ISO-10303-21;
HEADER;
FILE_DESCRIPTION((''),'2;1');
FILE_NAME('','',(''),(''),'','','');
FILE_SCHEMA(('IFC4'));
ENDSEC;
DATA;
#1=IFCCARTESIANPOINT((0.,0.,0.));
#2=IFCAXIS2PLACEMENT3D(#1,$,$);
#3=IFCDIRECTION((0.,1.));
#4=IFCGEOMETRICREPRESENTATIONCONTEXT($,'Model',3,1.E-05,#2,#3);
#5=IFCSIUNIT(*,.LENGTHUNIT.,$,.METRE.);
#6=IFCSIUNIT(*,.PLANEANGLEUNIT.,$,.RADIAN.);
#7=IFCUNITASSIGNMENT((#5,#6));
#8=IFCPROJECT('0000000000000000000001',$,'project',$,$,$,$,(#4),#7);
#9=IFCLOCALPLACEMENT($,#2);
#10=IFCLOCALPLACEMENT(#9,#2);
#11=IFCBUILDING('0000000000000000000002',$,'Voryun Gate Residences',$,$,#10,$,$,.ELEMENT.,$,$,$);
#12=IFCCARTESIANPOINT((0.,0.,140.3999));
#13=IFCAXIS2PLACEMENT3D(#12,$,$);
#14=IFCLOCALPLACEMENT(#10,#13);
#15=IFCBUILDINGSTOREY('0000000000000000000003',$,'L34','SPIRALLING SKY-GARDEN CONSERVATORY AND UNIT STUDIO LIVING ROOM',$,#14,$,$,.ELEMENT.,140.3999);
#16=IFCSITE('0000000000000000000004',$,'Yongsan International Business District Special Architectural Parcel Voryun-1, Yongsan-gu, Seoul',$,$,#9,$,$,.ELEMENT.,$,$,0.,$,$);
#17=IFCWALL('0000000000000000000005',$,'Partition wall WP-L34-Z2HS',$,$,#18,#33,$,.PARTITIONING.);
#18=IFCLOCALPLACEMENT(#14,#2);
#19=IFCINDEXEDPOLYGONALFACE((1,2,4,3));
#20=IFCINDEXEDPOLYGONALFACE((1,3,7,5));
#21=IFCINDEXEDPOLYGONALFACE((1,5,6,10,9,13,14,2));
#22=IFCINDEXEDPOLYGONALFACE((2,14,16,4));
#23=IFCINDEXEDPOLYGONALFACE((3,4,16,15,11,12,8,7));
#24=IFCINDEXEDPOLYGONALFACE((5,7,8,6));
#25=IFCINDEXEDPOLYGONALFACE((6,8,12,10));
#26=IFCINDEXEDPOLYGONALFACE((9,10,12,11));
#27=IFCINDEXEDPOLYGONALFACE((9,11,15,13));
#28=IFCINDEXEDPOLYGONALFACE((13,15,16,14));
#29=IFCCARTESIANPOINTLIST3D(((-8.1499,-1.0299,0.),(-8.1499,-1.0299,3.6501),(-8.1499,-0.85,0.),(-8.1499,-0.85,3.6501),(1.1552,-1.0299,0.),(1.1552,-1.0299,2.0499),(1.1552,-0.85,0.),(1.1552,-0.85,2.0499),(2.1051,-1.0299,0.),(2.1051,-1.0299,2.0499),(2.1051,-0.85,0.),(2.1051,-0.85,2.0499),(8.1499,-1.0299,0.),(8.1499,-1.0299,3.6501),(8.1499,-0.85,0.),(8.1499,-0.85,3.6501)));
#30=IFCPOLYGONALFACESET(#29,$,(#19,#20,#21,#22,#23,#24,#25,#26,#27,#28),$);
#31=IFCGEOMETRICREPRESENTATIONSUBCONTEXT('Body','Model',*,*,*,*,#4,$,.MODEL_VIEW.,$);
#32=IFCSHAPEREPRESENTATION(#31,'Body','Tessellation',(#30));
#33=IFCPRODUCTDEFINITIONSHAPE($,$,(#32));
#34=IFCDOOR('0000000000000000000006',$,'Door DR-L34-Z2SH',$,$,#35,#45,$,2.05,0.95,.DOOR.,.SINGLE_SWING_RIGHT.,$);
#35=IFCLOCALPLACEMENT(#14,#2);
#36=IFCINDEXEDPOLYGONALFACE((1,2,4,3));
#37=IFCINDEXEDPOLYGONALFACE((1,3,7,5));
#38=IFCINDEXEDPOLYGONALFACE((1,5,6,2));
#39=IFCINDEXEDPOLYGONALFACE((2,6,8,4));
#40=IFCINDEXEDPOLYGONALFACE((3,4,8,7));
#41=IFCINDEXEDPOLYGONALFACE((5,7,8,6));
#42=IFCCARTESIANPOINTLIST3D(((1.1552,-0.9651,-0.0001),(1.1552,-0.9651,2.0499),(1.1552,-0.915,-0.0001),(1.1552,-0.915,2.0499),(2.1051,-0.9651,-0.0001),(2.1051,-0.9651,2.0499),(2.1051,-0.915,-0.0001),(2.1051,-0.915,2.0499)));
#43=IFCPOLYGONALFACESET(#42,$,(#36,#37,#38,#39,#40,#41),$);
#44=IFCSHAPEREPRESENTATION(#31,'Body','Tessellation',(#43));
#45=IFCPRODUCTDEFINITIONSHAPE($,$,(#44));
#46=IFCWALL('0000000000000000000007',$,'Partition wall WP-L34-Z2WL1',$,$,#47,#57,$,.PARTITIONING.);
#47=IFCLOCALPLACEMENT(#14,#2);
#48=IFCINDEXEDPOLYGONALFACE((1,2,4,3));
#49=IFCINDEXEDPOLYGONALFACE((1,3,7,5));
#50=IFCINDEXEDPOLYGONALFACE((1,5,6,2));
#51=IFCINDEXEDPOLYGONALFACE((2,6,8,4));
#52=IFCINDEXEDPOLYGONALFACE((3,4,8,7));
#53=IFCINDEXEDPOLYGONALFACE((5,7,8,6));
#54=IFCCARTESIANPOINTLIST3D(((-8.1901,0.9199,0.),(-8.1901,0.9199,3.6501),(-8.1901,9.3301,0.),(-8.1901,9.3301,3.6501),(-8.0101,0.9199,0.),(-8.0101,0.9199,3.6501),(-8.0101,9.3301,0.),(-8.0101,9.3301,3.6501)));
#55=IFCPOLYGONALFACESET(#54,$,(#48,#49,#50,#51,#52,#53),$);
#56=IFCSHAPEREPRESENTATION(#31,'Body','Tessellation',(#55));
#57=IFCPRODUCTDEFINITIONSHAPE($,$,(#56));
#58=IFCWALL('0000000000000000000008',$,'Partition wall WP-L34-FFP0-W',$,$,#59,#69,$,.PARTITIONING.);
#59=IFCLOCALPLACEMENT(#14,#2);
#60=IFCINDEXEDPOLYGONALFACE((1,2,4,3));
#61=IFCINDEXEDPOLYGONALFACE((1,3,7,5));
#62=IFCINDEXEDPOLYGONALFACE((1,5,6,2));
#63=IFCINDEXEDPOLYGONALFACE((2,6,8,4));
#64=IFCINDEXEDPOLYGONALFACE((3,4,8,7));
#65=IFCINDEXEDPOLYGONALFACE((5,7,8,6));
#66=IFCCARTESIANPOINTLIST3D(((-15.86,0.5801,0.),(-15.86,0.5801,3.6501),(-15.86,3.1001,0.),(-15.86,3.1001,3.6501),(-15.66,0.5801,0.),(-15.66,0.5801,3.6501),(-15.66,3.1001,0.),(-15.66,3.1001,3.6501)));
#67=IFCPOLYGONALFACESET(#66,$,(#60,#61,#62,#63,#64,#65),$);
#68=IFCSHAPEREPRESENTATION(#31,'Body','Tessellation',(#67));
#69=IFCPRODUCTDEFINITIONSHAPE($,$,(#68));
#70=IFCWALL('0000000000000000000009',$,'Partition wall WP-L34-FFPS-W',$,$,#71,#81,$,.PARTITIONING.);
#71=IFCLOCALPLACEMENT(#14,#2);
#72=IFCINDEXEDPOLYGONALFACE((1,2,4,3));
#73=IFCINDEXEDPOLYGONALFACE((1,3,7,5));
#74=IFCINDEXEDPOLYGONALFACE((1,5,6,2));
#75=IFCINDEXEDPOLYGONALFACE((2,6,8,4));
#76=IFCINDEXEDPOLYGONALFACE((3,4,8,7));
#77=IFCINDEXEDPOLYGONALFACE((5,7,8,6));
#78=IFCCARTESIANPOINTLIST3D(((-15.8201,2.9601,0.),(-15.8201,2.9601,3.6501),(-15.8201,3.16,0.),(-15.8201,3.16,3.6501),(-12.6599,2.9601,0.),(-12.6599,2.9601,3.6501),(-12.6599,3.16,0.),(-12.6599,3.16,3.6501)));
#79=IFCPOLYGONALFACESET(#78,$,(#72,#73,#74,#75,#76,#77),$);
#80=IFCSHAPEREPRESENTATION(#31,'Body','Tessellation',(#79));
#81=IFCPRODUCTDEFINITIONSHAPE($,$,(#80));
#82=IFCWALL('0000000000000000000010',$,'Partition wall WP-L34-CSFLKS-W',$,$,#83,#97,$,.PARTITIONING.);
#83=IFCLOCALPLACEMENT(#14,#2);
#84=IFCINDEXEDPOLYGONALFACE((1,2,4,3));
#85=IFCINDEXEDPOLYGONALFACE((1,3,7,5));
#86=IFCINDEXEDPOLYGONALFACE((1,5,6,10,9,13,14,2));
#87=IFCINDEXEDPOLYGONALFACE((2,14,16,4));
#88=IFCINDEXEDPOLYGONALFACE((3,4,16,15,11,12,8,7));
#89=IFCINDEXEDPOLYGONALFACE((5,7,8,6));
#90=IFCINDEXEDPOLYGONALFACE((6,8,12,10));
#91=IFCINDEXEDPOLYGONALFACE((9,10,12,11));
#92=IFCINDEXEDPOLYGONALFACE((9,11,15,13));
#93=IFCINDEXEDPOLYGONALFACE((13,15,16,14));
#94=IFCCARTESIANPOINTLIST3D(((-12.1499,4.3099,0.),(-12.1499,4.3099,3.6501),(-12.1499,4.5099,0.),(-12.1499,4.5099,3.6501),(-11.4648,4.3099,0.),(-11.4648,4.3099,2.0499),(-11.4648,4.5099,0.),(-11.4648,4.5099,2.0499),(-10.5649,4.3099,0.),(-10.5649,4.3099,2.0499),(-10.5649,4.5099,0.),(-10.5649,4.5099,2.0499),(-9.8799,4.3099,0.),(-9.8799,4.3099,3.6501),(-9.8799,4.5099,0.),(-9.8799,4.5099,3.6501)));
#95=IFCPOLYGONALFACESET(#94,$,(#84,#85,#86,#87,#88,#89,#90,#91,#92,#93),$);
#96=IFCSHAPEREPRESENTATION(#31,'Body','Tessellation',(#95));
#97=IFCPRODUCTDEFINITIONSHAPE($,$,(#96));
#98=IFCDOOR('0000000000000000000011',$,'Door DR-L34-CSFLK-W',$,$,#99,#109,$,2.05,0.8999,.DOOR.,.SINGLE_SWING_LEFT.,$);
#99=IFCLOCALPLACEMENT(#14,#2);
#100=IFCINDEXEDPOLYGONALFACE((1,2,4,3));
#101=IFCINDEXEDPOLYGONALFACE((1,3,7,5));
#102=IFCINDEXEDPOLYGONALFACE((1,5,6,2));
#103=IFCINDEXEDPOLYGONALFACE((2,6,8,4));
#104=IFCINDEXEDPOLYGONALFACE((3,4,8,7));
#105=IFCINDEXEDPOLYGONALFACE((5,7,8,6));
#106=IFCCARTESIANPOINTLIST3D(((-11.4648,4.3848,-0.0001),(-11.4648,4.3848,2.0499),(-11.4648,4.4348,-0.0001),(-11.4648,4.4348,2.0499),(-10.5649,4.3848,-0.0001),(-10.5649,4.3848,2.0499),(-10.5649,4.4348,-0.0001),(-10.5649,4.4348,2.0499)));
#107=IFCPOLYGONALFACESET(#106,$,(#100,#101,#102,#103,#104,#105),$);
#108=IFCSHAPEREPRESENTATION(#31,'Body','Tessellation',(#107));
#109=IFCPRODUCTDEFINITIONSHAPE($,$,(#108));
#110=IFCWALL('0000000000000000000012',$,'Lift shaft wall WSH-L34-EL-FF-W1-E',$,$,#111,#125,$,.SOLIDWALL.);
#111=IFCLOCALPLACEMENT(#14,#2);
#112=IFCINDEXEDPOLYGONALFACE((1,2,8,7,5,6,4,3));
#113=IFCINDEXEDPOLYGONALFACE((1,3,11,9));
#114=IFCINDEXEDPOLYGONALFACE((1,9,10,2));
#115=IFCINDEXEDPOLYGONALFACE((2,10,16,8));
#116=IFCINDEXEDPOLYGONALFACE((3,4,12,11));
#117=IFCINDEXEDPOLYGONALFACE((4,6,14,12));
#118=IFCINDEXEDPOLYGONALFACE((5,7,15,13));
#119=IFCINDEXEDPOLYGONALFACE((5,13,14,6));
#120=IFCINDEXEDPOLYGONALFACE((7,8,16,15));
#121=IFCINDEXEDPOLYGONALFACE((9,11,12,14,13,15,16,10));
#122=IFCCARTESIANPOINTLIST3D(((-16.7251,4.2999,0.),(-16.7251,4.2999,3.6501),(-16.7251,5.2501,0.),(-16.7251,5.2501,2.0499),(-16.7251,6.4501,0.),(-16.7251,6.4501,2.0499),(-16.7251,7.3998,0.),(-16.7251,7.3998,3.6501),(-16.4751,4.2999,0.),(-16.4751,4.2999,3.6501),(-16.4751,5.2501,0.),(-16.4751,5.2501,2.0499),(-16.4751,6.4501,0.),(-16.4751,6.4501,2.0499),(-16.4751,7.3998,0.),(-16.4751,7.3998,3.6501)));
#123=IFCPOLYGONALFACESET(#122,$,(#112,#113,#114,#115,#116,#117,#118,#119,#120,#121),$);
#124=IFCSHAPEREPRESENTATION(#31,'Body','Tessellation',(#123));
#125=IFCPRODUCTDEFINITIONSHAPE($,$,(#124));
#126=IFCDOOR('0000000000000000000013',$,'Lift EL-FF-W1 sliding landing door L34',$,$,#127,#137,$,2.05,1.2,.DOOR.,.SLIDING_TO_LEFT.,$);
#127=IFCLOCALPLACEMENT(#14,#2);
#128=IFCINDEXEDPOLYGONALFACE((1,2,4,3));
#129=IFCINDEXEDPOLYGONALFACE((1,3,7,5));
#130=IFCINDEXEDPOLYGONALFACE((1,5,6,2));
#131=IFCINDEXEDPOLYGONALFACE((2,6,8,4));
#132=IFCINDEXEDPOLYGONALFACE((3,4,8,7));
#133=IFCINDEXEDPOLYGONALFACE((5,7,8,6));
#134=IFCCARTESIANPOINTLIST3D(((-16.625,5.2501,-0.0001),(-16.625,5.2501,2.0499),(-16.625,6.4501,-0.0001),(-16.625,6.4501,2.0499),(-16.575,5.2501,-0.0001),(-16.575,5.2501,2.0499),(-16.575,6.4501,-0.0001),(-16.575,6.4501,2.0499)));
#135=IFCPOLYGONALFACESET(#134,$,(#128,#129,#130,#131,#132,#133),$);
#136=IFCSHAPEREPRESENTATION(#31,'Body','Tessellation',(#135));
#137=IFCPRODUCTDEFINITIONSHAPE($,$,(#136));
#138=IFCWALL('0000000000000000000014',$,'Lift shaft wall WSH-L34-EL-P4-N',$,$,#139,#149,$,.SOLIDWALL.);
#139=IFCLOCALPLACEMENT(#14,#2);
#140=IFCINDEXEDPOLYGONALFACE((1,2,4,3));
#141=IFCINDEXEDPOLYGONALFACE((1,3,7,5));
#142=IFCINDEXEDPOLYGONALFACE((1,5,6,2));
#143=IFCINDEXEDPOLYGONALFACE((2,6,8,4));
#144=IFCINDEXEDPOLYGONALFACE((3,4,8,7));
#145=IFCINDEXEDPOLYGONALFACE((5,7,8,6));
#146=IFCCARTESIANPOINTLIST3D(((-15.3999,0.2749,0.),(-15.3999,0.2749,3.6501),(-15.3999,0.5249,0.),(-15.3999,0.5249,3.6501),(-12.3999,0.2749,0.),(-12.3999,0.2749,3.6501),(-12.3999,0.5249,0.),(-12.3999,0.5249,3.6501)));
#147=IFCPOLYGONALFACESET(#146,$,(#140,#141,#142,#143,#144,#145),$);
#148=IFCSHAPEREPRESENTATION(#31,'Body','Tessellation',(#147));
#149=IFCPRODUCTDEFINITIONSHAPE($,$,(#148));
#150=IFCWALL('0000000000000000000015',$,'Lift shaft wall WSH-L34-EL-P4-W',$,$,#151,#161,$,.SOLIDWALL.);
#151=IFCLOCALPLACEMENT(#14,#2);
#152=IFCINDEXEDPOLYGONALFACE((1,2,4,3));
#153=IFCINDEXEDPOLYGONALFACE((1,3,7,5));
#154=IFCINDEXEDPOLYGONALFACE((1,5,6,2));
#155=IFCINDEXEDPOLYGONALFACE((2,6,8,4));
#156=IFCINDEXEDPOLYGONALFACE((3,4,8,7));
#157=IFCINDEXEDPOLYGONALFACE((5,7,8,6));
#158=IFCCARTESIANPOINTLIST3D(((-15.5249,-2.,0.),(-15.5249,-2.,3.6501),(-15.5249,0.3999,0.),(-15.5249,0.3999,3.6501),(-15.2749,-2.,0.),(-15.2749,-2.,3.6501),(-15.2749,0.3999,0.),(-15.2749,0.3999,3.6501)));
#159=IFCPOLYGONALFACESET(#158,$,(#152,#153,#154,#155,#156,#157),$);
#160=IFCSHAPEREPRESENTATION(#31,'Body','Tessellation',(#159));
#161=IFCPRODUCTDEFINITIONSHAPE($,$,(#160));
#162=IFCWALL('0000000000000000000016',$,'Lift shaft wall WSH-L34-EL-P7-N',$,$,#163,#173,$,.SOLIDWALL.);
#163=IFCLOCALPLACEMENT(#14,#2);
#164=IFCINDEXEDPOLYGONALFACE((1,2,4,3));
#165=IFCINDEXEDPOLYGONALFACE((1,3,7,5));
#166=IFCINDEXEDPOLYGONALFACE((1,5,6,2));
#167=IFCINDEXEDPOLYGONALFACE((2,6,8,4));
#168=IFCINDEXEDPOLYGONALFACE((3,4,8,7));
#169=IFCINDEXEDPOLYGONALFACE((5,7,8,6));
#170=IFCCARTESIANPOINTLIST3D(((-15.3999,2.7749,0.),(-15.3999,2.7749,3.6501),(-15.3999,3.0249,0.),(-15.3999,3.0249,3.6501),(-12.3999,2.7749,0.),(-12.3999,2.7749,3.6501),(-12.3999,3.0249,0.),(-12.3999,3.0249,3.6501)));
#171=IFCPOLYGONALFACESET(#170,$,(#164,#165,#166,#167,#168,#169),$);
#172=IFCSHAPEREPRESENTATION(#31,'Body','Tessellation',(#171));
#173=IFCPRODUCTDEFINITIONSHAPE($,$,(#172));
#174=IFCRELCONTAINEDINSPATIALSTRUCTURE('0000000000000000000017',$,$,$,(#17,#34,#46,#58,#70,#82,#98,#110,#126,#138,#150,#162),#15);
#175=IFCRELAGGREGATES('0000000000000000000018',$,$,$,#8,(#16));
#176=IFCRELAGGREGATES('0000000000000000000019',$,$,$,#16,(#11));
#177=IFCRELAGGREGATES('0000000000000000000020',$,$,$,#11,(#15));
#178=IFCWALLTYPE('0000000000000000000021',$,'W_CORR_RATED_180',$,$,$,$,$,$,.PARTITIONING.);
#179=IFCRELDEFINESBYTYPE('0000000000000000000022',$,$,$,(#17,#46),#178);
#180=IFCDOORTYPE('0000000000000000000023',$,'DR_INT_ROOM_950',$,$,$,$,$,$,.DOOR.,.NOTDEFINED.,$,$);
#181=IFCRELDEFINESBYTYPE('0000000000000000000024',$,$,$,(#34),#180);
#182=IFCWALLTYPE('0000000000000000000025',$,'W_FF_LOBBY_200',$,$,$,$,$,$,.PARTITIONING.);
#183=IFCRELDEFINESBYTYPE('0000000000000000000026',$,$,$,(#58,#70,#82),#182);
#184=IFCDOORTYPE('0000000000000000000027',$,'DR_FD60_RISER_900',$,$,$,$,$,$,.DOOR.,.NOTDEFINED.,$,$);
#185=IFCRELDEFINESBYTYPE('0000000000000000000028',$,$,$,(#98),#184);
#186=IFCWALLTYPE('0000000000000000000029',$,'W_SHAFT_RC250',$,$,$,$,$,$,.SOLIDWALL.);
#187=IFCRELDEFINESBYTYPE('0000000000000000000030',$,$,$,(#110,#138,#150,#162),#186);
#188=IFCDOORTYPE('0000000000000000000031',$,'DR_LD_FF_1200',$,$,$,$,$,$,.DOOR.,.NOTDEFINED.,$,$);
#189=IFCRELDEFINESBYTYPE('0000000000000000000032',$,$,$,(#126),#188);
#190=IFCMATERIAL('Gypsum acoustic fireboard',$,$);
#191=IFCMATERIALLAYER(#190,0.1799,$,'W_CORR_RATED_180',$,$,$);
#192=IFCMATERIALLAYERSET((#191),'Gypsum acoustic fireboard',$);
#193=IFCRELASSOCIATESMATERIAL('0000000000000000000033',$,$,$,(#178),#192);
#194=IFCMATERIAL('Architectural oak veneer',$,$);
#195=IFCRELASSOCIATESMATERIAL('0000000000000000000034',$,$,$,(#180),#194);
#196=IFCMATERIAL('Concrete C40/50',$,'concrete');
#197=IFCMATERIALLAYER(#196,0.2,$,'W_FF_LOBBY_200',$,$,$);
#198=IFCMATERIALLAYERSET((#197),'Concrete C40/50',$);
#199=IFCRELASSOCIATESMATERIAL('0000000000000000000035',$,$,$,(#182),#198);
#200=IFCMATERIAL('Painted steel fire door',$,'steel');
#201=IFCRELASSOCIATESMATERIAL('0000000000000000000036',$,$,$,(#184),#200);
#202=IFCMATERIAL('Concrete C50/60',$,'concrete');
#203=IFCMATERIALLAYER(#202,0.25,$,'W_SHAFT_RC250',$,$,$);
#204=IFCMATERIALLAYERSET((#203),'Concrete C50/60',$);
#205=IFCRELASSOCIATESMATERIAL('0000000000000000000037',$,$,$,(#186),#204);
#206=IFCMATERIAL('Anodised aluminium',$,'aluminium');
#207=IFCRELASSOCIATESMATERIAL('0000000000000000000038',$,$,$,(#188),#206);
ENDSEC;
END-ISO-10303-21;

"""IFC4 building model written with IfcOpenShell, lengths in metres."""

from ifc_helpers import new_model, si_unit, direction, frame, frame_2d, origin, place, context, subcontext, project, spatial, rectangle, extrude, material, layer, layer_set, type_object, element, fill, save


model = new_model("IFC4")

# Units and contexts
model_context = context("Model", 3, precision=1e-05, world=origin(), true_north=direction((0.0, 1.0)))
body_context = subcontext(model_context, "Body", "Model", "MODEL_VIEW")
ifc_project = project(units=[si_unit("LENGTHUNIT", "METRE"), si_unit("PLANEANGLEUNIT", "RADIAN")], contexts=[model_context])

# Site, building, storey
site_placement = place(None, origin())
site = spatial("IfcSite", under=ifc_project, at=site_placement, Name="Yongsan International Business District Special Architectural Parcel Voryun-1, Yongsan-gu, Seoul", CompositionType="ELEMENT", RefElevation=0.0)
building_placement = place(site_placement, origin())
building = spatial("IfcBuilding", under=site, at=building_placement, Name="Voryun Gate Residences", CompositionType="ELEMENT")
storey_placement = place(building_placement, frame((0.0, 0.0, 140.3999)))
storey = spatial("IfcBuildingStorey", under=building, at=storey_placement, Name="L34", Description="SPIRALLING SKY-GARDEN CONSERVATORY AND UNIT STUDIO LIVING ROOM", CompositionType="ELEMENT", Elevation=140.3999)

# Shared definitions
ifc_material_1 = material(Name="Gypsum acoustic fireboard")
ifc_layer_1 = layer(ifc_material_1, 0.1799, Name="W_CORR_RATED_180")
ifc_layer_set_1 = layer_set([ifc_layer_1], Name="Gypsum acoustic fireboard")
wall_type_1 = type_object("IfcWallType", Name="W_CORR_RATED_180", PredefinedType="PARTITIONING", material=ifc_layer_set_1)

# Wall, opening, door
ifc_material_2 = material(Name="Architectural oak veneer")
door_type_1 = type_object("IfcDoorType", Name="DR_INT_ROOM_950", OperationType="NOTDEFINED", PredefinedType="DOOR", material=ifc_material_2)
wall_1_placement = place(storey_placement, frame((-8.1499, -0.9399, 0.0), z_axis=(0.0, 0.0, 1.0), x_axis=(1.0, 0.0, 0.0)))
wall_1 = element("IfcWall", 1, at=wall_1_placement, inside=storey, type_object=wall_type_1, Name="Partition wall WP-L34-Z2HS", PredefinedType="PARTITIONING", context=body_context, shape_type="SweptSolid", body=[
    extrude(rectangle(XDim=16.2998, YDim=0.1799, at=frame_2d((8.1499, 0.0))), origin(), (0.0, 0.0, 1.0), 3.6501),
])
opening_1_placement = place(wall_1_placement, frame((9.3049, 0.0, 0.0)))
opening_1 = element("IfcOpeningElement", 2, at=opening_1_placement, cuts=wall_1, PredefinedType="OPENING", context=body_context, shape_type="SweptSolid", body=[
    extrude(rectangle(XDim=0.95, YDim=2.05, at=frame_2d((0.4751, 1.0249))), frame((0.0, 0.0999, 0.0), z_axis=(0.0, -1.0, 0.0), x_axis=(1.0, 0.0, 0.0)), (0.0, 0.0, 1.0), 0.2),
])
door_1_placement = place(opening_1_placement, origin())
door_1 = element("IfcDoor", 3, at=door_1_placement, inside=storey, type_object=door_type_1, Name="Door DR-L34-Z2SH", OperationType="SINGLE_SWING_RIGHT", OverallHeight=2.05, OverallWidth=0.95, PredefinedType="DOOR", context=body_context, shape_type="SweptSolid", body=[
    extrude(rectangle(XDim=0.95, YDim=2.05, at=frame_2d((0.4751, 1.0249))), frame((0.0, 0.0249, 0.0), z_axis=(0.0, -1.0, 0.0), x_axis=(1.0, 0.0, 0.0)), (0.0, 0.0, 1.0), 0.05),
])
fill(opening_1, door_1)

# Walls
wall_2_placement = place(storey_placement, frame((-8.1001, 0.9199, 0.0), z_axis=(0.0, 0.0, 1.0), x_axis=(0.0, 1.0, 0.0)))
element("IfcWall", 4, at=wall_2_placement, inside=storey, type_object=wall_type_1, Name="Partition wall WP-L34-Z2WL1", PredefinedType="PARTITIONING", context=body_context, shape_type="SweptSolid", body=[
    extrude(rectangle(XDim=8.4102, YDim=0.1799, at=frame_2d((4.2051, 0.0))), origin(), (0.0, 0.0, 1.0), 3.6501),
])
ifc_material_3 = material(Name="Concrete C40/50", Category="concrete")
ifc_layer_2 = layer(ifc_material_3, 0.2, Name="W_FF_LOBBY_200")
ifc_layer_set_2 = layer_set([ifc_layer_2], Name="Concrete C40/50")
wall_type_2 = type_object("IfcWallType", Name="W_FF_LOBBY_200", PredefinedType="PARTITIONING", material=ifc_layer_set_2)
wall_3_placement = place(storey_placement, frame((-15.76, 0.5801, 0.0), z_axis=(0.0, 0.0, 1.0), x_axis=(0.0, 1.0, 0.0)))
element("IfcWall", 5, at=wall_3_placement, inside=storey, type_object=wall_type_2, Name="Partition wall WP-L34-FFP0-W", PredefinedType="PARTITIONING", context=body_context, shape_type="SweptSolid", body=[
    extrude(rectangle(XDim=2.52, YDim=0.2, at=frame_2d((1.26, 0.0))), origin(), (0.0, 0.0, 1.0), 3.6501),
])
wall_4_placement = place(storey_placement, frame((-15.8201, 3.0601, 0.0), z_axis=(0.0, 0.0, 1.0), x_axis=(1.0, 0.0, 0.0)))
element("IfcWall", 6, at=wall_4_placement, inside=storey, type_object=wall_type_2, Name="Partition wall WP-L34-FFPS-W", PredefinedType="PARTITIONING", context=body_context, shape_type="SweptSolid", body=[
    extrude(rectangle(XDim=3.1602, YDim=0.2, at=frame_2d((1.5801, 0.0))), origin(), (0.0, 0.0, 1.0), 3.6501),
])

# Walls, openings, doors
wall_5_placement = place(storey_placement, frame((-12.1499, 4.4099, 0.0), z_axis=(0.0, 0.0, 1.0), x_axis=(1.0, 0.0, 0.0)))
wall_5 = element("IfcWall", 7, at=wall_5_placement, inside=storey, type_object=wall_type_2, Name="Partition wall WP-L34-CSFLKS-W", PredefinedType="PARTITIONING", context=body_context, shape_type="SweptSolid", body=[
    extrude(rectangle(XDim=2.27, YDim=0.2, at=frame_2d((1.135, 0.0))), origin(), (0.0, 0.0, 1.0), 3.6501),
])
opening_2_placement = place(wall_5_placement, frame((0.6851, 0.0, 0.0)))
opening_2 = element("IfcOpeningElement", 8, at=opening_2_placement, cuts=wall_5, PredefinedType="OPENING", context=body_context, shape_type="SweptSolid", body=[
    extrude(rectangle(XDim=0.8999, YDim=2.05, at=frame_2d((0.45, 1.0249))), frame((0.0, 0.1101, 0.0), z_axis=(0.0, -1.0, 0.0), x_axis=(1.0, 0.0, 0.0)), (0.0, 0.0, 1.0), 0.22),
])
ifc_material_4 = material(Name="Painted steel fire door", Category="steel")
door_type_2 = type_object("IfcDoorType", Name="DR_FD60_RISER_900", OperationType="NOTDEFINED", PredefinedType="DOOR", material=ifc_material_4)
door_2_placement = place(opening_2_placement, origin())
door_2 = element("IfcDoor", 9, at=door_2_placement, inside=storey, type_object=door_type_2, Name="Door DR-L34-CSFLK-W", OperationType="SINGLE_SWING_LEFT", OverallHeight=2.05, OverallWidth=0.8999, PredefinedType="DOOR", context=body_context, shape_type="SweptSolid", body=[
    extrude(rectangle(XDim=0.8999, YDim=2.05, at=frame_2d((0.45, 1.0249))), frame((0.0, 0.0249, 0.0), z_axis=(0.0, -1.0, 0.0), x_axis=(1.0, 0.0, 0.0)), (0.0, 0.0, 1.0), 0.05),
])
fill(opening_2, door_2)
ifc_material_5 = material(Name="Concrete C50/60", Category="concrete")
ifc_layer_3 = layer(ifc_material_5, 0.25, Name="W_SHAFT_RC250")
ifc_layer_set_3 = layer_set([ifc_layer_3], Name="Concrete C50/60")
wall_type_3 = type_object("IfcWallType", Name="W_SHAFT_RC250", PredefinedType="SOLIDWALL", material=ifc_layer_set_3)
wall_6_placement = place(storey_placement, frame((-16.6001, 4.3, 0.0), z_axis=(0.0, 0.0, 1.0), x_axis=(0.0, 1.0, 0.0)))
wall_6 = element("IfcWall", 10, at=wall_6_placement, inside=storey, type_object=wall_type_3, Name="Lift shaft wall WSH-L34-EL-FF-W1-E", PredefinedType="SOLIDWALL", context=body_context, shape_type="SweptSolid", body=[
    extrude(rectangle(XDim=3.0999, YDim=0.25, at=frame_2d((1.5498, 0.0))), origin(), (0.0, 0.0, 1.0), 3.6501),
])
opening_3_placement = place(wall_6_placement, frame((0.95, 0.0, 0.0)))
opening_3 = element("IfcOpeningElement", 11, at=opening_3_placement, cuts=wall_6, PredefinedType="OPENING", context=body_context, shape_type="SweptSolid", body=[
    extrude(rectangle(XDim=1.2, YDim=2.05, at=frame_2d((0.6001, 1.0249))), frame((0.0, 0.135, 0.0), z_axis=(0.0, -1.0, 0.0), x_axis=(1.0, 0.0, 0.0)), (0.0, 0.0, 1.0), 0.27),
])
ifc_material_6 = material(Name="Anodised aluminium", Category="aluminium")
door_type_3 = type_object("IfcDoorType", Name="DR_LD_FF_1200", OperationType="NOTDEFINED", PredefinedType="DOOR", material=ifc_material_6)
door_3_placement = place(opening_3_placement, origin())
door_3 = element("IfcDoor", 12, at=door_3_placement, inside=storey, type_object=door_type_3, Name="Lift EL-FF-W1 sliding landing door L34", OperationType="SLIDING_TO_LEFT", OverallHeight=2.05, OverallWidth=1.2, PredefinedType="DOOR", context=body_context, shape_type="SweptSolid", body=[
    extrude(rectangle(XDim=1.2, YDim=2.05, at=frame_2d((0.6001, 1.0249))), frame((0.0, 0.0249, 0.0), z_axis=(0.0, -1.0, 0.0), x_axis=(1.0, 0.0, 0.0)), (0.0, 0.0, 1.0), 0.05),
])
fill(opening_3, door_3)

# Walls
wall_7_placement = place(storey_placement, frame((-12.3999, 0.3999, 0.0), z_axis=(0.0, 0.0, 1.0), x_axis=(-1.0, 0.0, 0.0)))
element("IfcWall", 13, at=wall_7_placement, inside=storey, type_object=wall_type_3, Name="Lift shaft wall WSH-L34-EL-P4-N", PredefinedType="SOLIDWALL", context=body_context, shape_type="SweptSolid", body=[
    extrude(rectangle(XDim=3.0, YDim=0.25, at=frame_2d((1.5, 0.0))), origin(), (0.0, 0.0, 1.0), 3.6501),
])
wall_8_placement = place(storey_placement, frame((-15.3999, 0.3999, 0.0), z_axis=(0.0, 0.0, 1.0), x_axis=(0.0, -1.0, 0.0)))
element("IfcWall", 14, at=wall_8_placement, inside=storey, type_object=wall_type_3, Name="Lift shaft wall WSH-L34-EL-P4-W", PredefinedType="SOLIDWALL", context=body_context, shape_type="SweptSolid", body=[
    extrude(rectangle(XDim=2.3999, YDim=0.25, at=frame_2d((1.2, 0.0))), origin(), (0.0, 0.0, 1.0), 3.6501),
])
wall_9_placement = place(storey_placement, frame((-12.3999, 2.8999, 0.0), z_axis=(0.0, 0.0, 1.0), x_axis=(-1.0, 0.0, 0.0)))
element("IfcWall", 15, at=wall_9_placement, inside=storey, type_object=wall_type_3, Name="Lift shaft wall WSH-L34-EL-P7-N", PredefinedType="SOLIDWALL", context=body_context, shape_type="SweptSolid", body=[
    extrude(rectangle(XDim=3.0, YDim=0.25, at=frame_2d((1.5, 0.0))), origin(), (0.0, 0.0, 1.0), 3.6501),
])

save(model, "model.ifc")
